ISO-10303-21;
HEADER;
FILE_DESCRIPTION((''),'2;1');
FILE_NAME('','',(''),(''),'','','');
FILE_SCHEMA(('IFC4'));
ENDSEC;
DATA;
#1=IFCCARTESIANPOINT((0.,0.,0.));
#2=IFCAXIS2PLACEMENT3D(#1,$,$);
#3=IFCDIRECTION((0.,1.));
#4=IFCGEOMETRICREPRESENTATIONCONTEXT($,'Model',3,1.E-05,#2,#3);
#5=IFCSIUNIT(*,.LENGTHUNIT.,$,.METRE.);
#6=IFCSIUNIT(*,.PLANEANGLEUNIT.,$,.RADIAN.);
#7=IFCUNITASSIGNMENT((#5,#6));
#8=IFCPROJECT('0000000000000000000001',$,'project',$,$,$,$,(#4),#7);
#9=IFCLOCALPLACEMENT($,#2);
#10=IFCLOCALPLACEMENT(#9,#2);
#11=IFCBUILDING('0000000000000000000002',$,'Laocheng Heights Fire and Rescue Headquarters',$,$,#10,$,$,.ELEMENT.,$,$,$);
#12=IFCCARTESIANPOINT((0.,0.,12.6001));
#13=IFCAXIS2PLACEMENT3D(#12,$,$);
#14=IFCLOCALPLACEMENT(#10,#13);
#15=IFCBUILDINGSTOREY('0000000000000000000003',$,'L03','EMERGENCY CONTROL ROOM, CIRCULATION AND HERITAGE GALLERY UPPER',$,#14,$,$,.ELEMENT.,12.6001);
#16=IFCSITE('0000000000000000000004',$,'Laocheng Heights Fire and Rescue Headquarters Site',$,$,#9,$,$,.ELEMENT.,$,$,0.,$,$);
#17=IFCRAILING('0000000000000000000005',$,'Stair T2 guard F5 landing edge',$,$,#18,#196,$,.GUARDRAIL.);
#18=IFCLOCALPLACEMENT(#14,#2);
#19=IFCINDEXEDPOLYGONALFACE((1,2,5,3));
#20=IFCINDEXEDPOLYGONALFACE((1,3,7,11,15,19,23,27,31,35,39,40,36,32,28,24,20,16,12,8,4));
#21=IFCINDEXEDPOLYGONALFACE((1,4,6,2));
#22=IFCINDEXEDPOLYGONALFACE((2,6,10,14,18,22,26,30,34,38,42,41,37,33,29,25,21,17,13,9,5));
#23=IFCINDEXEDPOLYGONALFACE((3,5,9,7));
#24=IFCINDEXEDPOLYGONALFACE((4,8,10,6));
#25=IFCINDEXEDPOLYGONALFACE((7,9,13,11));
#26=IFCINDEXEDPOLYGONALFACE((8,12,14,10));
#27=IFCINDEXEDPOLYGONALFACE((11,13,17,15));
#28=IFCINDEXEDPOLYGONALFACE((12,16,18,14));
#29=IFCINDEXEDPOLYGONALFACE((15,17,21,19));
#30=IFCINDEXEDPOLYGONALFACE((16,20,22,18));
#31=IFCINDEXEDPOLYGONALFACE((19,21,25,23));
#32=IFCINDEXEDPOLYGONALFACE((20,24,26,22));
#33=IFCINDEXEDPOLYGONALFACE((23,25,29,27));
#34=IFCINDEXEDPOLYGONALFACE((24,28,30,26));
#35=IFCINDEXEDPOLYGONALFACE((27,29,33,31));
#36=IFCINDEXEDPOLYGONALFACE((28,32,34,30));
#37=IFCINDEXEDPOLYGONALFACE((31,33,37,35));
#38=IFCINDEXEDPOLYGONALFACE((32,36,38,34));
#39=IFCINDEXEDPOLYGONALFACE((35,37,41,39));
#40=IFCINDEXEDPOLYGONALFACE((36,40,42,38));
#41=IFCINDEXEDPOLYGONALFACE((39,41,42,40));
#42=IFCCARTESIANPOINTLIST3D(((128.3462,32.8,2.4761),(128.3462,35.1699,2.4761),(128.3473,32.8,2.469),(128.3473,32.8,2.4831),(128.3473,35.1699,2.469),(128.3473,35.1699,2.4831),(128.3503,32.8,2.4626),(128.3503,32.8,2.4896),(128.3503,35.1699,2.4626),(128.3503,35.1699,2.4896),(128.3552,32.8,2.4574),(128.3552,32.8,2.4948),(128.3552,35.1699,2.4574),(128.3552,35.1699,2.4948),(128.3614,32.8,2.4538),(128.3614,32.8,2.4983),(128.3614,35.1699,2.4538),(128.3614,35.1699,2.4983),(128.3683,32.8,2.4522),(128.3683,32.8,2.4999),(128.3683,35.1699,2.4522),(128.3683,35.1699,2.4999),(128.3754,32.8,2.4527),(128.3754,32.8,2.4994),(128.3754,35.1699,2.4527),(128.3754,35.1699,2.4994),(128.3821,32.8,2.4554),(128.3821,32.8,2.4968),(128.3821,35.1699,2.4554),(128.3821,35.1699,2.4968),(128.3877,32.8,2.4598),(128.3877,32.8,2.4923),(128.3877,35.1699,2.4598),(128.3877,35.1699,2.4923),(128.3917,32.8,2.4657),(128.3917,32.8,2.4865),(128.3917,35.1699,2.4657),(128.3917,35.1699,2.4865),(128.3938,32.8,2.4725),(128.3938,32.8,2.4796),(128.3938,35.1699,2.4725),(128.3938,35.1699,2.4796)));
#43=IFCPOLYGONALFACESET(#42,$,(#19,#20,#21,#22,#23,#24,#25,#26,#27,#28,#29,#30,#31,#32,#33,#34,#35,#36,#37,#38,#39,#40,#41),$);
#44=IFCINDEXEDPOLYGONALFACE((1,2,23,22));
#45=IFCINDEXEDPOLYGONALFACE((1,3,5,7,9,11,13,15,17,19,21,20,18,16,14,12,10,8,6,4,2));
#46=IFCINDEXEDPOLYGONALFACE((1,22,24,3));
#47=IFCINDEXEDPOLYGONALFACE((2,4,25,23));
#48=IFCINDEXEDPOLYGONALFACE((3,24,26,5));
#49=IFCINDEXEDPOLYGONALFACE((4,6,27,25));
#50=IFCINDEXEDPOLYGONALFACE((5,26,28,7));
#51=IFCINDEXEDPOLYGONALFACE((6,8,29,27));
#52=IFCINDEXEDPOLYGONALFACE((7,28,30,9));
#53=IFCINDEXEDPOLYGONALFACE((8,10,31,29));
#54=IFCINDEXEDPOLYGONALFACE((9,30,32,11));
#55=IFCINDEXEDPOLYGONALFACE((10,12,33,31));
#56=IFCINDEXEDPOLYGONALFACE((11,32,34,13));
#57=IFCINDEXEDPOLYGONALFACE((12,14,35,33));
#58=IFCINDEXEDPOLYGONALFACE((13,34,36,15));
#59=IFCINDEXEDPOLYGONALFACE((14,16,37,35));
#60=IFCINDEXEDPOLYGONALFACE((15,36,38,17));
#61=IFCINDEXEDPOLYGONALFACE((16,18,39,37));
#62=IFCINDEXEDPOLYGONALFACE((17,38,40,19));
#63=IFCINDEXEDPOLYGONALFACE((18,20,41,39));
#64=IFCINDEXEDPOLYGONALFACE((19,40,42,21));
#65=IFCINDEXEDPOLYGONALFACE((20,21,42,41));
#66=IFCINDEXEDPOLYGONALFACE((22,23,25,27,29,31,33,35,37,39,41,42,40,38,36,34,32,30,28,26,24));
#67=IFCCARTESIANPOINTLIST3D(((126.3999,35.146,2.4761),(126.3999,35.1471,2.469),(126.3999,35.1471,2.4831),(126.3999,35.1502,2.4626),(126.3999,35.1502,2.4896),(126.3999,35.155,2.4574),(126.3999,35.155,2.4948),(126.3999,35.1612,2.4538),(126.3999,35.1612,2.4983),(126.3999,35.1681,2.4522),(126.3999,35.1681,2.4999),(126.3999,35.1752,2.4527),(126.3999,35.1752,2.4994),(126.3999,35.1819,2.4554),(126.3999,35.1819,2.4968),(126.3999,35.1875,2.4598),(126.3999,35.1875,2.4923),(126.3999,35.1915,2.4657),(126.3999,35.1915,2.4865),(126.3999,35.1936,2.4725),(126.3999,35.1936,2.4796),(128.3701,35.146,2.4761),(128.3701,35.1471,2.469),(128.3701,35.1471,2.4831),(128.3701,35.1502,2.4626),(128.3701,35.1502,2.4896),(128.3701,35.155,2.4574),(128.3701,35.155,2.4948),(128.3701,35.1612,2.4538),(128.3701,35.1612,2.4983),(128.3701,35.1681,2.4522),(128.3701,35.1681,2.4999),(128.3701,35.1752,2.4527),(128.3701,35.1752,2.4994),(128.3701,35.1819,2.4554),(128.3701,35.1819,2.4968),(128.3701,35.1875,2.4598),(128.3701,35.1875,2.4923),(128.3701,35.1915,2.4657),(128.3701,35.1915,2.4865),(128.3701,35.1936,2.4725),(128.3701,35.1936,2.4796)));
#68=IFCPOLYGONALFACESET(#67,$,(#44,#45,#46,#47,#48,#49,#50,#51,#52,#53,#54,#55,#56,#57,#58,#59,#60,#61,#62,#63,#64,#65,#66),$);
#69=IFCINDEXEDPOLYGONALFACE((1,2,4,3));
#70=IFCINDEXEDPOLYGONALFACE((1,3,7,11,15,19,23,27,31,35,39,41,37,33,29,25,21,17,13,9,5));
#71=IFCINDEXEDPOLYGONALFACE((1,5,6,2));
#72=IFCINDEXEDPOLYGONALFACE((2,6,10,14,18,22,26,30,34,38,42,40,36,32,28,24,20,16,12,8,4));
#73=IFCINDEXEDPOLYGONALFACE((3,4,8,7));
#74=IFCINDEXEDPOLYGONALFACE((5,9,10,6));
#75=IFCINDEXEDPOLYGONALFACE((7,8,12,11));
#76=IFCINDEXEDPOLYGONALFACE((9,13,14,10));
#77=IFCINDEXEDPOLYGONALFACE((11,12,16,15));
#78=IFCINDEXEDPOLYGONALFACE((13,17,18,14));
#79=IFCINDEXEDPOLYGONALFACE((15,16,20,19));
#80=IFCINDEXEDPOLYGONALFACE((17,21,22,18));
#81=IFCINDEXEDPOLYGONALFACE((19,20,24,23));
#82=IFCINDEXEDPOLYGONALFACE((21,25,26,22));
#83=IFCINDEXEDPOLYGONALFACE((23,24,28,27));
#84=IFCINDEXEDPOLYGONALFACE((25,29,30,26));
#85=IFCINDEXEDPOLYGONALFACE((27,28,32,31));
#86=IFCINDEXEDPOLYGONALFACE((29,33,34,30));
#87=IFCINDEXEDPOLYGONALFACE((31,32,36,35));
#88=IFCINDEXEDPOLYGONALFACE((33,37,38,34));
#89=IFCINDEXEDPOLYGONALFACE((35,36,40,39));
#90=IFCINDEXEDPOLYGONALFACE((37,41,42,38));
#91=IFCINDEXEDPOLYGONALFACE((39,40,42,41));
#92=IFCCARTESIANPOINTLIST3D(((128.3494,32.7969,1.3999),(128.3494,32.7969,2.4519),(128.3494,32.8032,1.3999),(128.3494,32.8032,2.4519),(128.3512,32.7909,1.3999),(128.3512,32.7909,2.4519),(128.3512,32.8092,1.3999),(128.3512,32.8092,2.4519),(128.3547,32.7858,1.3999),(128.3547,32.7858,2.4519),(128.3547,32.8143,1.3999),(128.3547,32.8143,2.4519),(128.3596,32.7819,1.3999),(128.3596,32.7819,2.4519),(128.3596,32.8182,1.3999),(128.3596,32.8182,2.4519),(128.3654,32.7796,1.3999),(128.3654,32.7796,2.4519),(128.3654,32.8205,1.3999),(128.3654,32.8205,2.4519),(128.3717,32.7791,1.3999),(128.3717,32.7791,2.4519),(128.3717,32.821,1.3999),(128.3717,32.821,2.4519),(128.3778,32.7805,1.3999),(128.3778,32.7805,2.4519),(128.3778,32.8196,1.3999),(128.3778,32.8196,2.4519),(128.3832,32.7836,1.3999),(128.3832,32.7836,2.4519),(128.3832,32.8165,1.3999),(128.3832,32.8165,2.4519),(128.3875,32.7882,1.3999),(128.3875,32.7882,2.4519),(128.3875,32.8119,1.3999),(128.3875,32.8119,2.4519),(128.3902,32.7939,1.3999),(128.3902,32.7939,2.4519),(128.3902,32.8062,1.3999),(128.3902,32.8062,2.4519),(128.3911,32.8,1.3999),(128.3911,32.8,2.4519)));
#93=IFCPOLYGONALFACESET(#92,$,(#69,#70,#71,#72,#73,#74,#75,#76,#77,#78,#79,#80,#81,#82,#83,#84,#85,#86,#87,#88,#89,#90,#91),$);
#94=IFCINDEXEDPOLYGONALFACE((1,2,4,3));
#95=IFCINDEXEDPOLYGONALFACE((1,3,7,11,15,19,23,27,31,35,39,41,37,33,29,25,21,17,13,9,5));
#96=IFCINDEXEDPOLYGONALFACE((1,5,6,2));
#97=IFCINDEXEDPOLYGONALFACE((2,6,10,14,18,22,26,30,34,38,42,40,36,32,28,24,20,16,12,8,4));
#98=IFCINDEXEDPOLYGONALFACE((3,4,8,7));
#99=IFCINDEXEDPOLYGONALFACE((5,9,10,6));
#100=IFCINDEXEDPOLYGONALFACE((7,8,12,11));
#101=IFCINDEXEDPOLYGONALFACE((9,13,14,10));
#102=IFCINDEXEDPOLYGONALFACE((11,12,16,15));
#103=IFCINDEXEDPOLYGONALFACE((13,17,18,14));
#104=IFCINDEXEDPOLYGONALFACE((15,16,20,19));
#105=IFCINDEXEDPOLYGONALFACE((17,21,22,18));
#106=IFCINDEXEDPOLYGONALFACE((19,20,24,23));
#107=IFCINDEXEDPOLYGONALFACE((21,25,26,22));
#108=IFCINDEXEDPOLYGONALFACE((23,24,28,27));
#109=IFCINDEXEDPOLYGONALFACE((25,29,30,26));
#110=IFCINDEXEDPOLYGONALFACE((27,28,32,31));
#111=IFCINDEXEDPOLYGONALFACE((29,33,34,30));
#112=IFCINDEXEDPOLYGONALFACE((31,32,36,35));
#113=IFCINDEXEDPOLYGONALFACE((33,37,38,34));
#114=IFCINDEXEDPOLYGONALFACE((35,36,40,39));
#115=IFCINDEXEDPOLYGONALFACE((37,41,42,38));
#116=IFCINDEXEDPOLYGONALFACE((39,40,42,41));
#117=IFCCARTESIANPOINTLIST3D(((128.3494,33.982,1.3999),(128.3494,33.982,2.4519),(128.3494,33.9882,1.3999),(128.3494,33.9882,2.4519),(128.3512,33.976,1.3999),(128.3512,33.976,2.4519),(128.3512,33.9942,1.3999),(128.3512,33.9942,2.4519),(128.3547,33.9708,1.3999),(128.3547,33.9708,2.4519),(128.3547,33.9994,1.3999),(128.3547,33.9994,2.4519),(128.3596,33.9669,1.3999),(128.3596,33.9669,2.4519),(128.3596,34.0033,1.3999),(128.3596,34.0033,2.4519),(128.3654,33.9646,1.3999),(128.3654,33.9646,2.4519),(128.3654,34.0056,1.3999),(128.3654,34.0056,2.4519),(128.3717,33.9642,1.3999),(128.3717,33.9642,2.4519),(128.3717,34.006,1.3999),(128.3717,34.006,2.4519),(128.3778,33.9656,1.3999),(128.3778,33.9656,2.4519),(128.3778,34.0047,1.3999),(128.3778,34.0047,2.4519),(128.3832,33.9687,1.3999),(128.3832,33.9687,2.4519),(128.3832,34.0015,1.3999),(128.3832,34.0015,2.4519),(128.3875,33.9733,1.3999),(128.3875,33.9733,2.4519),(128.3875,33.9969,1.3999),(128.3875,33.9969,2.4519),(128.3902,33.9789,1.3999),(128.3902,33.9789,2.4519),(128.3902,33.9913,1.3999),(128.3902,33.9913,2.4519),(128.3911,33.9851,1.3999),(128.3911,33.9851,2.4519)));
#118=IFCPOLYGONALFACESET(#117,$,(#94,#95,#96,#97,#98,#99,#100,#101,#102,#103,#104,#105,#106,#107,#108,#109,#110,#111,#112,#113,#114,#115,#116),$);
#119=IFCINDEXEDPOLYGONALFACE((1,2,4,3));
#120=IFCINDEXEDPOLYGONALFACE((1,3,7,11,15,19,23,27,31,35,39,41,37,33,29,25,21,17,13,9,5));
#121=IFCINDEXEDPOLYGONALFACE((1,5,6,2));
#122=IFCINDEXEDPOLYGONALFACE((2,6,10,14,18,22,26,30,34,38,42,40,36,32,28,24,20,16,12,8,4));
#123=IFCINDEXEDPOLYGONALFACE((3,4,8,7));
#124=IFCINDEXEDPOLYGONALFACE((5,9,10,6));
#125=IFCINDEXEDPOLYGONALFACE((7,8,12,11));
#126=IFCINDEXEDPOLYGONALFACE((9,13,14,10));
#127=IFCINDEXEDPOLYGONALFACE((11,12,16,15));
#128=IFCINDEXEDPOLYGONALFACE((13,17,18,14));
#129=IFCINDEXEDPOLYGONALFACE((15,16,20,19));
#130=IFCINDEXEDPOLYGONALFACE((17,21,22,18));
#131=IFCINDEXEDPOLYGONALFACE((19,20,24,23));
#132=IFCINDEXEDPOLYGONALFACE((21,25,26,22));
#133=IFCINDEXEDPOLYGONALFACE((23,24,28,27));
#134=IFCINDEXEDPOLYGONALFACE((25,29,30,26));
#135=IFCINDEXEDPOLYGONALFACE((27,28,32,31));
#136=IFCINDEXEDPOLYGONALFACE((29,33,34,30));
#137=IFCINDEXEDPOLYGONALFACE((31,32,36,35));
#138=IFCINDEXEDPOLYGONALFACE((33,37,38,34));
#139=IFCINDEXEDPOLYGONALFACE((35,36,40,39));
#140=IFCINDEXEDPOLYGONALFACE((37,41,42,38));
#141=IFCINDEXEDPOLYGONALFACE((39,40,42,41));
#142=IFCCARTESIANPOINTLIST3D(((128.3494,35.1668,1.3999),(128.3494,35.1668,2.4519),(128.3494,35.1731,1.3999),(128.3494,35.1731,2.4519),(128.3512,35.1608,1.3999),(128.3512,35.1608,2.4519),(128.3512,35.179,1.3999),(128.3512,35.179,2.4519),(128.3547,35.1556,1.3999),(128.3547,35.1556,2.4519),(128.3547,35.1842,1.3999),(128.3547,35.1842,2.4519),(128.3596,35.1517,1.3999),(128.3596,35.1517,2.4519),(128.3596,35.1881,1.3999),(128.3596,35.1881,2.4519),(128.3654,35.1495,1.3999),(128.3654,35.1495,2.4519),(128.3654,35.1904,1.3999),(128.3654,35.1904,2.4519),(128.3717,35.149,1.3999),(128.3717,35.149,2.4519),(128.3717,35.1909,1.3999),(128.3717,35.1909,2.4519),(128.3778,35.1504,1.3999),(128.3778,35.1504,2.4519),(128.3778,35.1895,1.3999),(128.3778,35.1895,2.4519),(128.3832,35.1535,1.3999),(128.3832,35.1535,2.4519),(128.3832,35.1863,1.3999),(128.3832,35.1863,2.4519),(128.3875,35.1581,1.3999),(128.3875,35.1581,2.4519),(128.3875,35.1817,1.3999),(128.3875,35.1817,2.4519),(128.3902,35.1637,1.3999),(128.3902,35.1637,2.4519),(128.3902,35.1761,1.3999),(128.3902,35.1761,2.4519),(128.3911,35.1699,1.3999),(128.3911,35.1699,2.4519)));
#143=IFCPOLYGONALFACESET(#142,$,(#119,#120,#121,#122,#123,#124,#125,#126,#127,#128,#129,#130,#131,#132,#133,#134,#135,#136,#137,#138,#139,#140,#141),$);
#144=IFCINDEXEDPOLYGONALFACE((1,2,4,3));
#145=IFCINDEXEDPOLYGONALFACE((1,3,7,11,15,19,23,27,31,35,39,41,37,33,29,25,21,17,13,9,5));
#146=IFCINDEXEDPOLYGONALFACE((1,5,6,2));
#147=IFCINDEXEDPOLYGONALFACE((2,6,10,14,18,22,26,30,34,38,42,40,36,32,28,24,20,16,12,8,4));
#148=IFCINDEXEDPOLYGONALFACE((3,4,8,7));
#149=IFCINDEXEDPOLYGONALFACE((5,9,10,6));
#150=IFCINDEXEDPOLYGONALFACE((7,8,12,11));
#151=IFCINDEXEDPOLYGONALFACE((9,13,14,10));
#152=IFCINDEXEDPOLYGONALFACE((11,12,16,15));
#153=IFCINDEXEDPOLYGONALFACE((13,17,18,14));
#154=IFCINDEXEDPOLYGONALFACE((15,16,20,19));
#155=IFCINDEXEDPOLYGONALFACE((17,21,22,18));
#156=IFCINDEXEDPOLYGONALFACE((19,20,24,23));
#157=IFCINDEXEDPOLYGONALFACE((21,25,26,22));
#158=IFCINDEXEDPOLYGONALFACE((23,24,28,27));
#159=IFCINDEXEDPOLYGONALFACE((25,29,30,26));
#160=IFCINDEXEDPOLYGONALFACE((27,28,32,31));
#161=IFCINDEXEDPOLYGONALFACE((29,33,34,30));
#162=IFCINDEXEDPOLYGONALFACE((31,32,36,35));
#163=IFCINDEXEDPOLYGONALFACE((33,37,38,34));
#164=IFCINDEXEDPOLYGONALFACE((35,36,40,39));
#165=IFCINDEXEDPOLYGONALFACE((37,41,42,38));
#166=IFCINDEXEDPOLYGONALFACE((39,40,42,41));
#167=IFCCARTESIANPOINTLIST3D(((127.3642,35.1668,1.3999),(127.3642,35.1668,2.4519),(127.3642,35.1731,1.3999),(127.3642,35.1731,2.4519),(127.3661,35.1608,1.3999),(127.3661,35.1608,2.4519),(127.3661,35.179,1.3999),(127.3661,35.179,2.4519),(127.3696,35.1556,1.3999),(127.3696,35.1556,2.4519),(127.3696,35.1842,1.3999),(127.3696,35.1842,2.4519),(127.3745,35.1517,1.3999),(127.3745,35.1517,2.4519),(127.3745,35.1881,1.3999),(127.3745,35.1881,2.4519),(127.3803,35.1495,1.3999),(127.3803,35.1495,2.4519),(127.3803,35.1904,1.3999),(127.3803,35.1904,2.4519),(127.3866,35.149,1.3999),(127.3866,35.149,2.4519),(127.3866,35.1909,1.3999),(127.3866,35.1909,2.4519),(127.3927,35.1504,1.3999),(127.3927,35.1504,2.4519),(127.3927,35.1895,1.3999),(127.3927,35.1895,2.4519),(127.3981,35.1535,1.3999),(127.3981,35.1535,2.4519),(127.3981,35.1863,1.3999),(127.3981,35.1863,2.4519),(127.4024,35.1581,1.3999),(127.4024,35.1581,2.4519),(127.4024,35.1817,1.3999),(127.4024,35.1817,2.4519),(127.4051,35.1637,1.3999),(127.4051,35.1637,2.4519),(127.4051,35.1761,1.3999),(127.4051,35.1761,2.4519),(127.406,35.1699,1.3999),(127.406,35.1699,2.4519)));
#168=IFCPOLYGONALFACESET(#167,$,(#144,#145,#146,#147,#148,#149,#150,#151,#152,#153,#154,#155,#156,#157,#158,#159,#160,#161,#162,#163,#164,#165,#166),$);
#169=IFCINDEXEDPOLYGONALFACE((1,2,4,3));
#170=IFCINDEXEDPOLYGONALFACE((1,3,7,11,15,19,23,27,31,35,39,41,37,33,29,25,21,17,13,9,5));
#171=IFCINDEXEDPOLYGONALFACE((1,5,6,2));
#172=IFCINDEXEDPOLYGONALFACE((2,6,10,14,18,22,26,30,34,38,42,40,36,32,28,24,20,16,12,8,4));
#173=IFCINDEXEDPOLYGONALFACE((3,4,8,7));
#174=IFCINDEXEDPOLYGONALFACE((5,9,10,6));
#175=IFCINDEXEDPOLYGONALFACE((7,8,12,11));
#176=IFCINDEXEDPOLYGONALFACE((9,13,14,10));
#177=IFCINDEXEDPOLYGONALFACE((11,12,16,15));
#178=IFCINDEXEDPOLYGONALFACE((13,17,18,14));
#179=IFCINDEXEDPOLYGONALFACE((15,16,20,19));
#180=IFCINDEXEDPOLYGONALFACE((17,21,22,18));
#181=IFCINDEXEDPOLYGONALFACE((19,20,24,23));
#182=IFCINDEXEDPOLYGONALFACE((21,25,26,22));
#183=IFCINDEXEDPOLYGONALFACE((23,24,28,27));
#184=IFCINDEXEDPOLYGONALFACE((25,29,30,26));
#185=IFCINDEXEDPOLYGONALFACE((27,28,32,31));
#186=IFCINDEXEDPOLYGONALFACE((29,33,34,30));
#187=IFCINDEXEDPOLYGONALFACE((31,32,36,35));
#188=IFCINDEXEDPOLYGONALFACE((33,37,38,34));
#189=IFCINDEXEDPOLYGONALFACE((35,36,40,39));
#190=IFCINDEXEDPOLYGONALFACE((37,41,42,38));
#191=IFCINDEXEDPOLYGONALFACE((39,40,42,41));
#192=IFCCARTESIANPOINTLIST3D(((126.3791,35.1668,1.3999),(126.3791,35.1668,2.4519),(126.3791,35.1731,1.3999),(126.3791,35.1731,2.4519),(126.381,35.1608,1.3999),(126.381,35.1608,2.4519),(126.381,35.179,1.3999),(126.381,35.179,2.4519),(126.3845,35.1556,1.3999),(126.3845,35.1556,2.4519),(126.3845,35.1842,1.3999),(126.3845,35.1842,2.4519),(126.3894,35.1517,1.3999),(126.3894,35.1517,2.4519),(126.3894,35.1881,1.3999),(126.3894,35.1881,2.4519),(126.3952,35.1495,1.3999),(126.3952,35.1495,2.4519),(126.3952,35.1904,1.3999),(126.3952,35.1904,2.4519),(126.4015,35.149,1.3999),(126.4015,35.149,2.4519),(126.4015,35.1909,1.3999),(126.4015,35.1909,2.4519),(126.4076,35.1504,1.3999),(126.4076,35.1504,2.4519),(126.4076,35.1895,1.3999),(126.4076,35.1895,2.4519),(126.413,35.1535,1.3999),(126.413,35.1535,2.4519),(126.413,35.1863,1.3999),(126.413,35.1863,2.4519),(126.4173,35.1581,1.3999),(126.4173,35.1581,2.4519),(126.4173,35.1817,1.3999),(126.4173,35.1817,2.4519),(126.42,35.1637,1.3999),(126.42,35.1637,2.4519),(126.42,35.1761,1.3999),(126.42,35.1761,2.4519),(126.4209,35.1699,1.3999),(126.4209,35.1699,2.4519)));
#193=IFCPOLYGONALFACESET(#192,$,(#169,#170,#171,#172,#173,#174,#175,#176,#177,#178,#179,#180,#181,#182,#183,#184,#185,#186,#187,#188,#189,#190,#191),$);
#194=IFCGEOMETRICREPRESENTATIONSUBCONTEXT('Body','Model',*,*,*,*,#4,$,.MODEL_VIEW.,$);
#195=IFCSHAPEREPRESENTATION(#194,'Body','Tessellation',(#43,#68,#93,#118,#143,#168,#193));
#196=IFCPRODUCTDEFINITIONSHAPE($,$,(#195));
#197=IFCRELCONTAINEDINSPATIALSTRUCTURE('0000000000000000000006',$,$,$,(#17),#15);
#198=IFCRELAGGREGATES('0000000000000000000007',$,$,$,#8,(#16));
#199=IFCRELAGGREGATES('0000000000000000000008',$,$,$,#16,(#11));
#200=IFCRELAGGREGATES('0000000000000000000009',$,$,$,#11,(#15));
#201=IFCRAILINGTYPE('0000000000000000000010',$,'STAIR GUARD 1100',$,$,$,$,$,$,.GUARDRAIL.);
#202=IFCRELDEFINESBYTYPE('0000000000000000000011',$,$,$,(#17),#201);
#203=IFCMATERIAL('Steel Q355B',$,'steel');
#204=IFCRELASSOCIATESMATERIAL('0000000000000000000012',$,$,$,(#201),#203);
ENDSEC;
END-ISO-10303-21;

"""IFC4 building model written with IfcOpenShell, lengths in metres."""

from ifc_helpers import new_model, si_unit, direction, frame, origin, origin_2d, place, context, subcontext, project, spatial, circle, extrude, material, type_object, element, save


model = new_model("IFC4")

# Units and contexts
model_context = context("Model", 3, precision=1e-05, world=origin(), true_north=direction((0.0, 1.0)))
body_context = subcontext(model_context, "Body", "Model", "MODEL_VIEW")
ifc_project = project(units=[si_unit("LENGTHUNIT", "METRE"), si_unit("PLANEANGLEUNIT", "RADIAN")], contexts=[model_context])

# Site, building, storey
site_placement = place(None, origin())
site = spatial("IfcSite", under=ifc_project, at=site_placement, Name="Laocheng Heights Fire and Rescue Headquarters Site", CompositionType="ELEMENT", RefElevation=0.0)
building_placement = place(site_placement, origin())
building = spatial("IfcBuilding", under=site, at=building_placement, Name="Laocheng Heights Fire and Rescue Headquarters", CompositionType="ELEMENT")
storey_placement = place(building_placement, frame((0.0, 0.0, 12.6001)))
storey = spatial("IfcBuildingStorey", under=building, at=storey_placement, Name="L03", Description="EMERGENCY CONTROL ROOM, CIRCULATION AND HERITAGE GALLERY UPPER", CompositionType="ELEMENT", Elevation=12.6001)

# Railing
ifc_material_1 = material(Name="Steel Q355B", Category="steel")
railing_type_1 = type_object("IfcRailingType", Name="STAIR GUARD 1100", PredefinedType="GUARDRAIL", material=ifc_material_1)
railing_1_placement = place(storey_placement, frame((128.3701, 32.8, 1.3999)))
element("IfcRailing", 1, at=railing_1_placement, inside=storey, type_object=railing_type_1, Name="Stair T2 guard F5 landing edge", PredefinedType="GUARDRAIL", context=body_context, shape_type="SweptSolid", body=[
    extrude(circle(Radius=0.0239, at=origin_2d()), frame((0.0, 0.0, 1.0762), z_axis=(0.0, 1.0, 0.0), x_axis=(-1.0, 0.0, 0.0)), (0.0, 0.0, 1.0), 2.3699),
    extrude(circle(Radius=0.0239, at=origin_2d()), frame((0.0, 2.3699, 1.0762), z_axis=(-1.0, 0.0, 0.0), x_axis=(0.0, -1.0, 0.0)), (0.0, 0.0, 1.0), 1.9702),
    extrude(circle(Radius=0.021, at=origin_2d()), origin(), (0.0, 0.0, 1.0), 1.052),
    extrude(circle(Radius=0.021, at=origin_2d()), frame((0.0, 1.1851, 0.0)), (0.0, 0.0, 1.0), 1.052),
    extrude(circle(Radius=0.021, at=origin_2d()), frame((0.0, 2.3699, 0.0)), (0.0, 0.0, 1.0), 1.052),
    extrude(circle(Radius=0.021, at=origin_2d()), frame((-0.9851, 2.3699, 0.0)), (0.0, 0.0, 1.0), 1.052),
    extrude(circle(Radius=0.021, at=origin_2d()), frame((-1.9702, 2.3699, 0.0)), (0.0, 0.0, 1.0), 1.052),
])

save(model, "model.ifc")
